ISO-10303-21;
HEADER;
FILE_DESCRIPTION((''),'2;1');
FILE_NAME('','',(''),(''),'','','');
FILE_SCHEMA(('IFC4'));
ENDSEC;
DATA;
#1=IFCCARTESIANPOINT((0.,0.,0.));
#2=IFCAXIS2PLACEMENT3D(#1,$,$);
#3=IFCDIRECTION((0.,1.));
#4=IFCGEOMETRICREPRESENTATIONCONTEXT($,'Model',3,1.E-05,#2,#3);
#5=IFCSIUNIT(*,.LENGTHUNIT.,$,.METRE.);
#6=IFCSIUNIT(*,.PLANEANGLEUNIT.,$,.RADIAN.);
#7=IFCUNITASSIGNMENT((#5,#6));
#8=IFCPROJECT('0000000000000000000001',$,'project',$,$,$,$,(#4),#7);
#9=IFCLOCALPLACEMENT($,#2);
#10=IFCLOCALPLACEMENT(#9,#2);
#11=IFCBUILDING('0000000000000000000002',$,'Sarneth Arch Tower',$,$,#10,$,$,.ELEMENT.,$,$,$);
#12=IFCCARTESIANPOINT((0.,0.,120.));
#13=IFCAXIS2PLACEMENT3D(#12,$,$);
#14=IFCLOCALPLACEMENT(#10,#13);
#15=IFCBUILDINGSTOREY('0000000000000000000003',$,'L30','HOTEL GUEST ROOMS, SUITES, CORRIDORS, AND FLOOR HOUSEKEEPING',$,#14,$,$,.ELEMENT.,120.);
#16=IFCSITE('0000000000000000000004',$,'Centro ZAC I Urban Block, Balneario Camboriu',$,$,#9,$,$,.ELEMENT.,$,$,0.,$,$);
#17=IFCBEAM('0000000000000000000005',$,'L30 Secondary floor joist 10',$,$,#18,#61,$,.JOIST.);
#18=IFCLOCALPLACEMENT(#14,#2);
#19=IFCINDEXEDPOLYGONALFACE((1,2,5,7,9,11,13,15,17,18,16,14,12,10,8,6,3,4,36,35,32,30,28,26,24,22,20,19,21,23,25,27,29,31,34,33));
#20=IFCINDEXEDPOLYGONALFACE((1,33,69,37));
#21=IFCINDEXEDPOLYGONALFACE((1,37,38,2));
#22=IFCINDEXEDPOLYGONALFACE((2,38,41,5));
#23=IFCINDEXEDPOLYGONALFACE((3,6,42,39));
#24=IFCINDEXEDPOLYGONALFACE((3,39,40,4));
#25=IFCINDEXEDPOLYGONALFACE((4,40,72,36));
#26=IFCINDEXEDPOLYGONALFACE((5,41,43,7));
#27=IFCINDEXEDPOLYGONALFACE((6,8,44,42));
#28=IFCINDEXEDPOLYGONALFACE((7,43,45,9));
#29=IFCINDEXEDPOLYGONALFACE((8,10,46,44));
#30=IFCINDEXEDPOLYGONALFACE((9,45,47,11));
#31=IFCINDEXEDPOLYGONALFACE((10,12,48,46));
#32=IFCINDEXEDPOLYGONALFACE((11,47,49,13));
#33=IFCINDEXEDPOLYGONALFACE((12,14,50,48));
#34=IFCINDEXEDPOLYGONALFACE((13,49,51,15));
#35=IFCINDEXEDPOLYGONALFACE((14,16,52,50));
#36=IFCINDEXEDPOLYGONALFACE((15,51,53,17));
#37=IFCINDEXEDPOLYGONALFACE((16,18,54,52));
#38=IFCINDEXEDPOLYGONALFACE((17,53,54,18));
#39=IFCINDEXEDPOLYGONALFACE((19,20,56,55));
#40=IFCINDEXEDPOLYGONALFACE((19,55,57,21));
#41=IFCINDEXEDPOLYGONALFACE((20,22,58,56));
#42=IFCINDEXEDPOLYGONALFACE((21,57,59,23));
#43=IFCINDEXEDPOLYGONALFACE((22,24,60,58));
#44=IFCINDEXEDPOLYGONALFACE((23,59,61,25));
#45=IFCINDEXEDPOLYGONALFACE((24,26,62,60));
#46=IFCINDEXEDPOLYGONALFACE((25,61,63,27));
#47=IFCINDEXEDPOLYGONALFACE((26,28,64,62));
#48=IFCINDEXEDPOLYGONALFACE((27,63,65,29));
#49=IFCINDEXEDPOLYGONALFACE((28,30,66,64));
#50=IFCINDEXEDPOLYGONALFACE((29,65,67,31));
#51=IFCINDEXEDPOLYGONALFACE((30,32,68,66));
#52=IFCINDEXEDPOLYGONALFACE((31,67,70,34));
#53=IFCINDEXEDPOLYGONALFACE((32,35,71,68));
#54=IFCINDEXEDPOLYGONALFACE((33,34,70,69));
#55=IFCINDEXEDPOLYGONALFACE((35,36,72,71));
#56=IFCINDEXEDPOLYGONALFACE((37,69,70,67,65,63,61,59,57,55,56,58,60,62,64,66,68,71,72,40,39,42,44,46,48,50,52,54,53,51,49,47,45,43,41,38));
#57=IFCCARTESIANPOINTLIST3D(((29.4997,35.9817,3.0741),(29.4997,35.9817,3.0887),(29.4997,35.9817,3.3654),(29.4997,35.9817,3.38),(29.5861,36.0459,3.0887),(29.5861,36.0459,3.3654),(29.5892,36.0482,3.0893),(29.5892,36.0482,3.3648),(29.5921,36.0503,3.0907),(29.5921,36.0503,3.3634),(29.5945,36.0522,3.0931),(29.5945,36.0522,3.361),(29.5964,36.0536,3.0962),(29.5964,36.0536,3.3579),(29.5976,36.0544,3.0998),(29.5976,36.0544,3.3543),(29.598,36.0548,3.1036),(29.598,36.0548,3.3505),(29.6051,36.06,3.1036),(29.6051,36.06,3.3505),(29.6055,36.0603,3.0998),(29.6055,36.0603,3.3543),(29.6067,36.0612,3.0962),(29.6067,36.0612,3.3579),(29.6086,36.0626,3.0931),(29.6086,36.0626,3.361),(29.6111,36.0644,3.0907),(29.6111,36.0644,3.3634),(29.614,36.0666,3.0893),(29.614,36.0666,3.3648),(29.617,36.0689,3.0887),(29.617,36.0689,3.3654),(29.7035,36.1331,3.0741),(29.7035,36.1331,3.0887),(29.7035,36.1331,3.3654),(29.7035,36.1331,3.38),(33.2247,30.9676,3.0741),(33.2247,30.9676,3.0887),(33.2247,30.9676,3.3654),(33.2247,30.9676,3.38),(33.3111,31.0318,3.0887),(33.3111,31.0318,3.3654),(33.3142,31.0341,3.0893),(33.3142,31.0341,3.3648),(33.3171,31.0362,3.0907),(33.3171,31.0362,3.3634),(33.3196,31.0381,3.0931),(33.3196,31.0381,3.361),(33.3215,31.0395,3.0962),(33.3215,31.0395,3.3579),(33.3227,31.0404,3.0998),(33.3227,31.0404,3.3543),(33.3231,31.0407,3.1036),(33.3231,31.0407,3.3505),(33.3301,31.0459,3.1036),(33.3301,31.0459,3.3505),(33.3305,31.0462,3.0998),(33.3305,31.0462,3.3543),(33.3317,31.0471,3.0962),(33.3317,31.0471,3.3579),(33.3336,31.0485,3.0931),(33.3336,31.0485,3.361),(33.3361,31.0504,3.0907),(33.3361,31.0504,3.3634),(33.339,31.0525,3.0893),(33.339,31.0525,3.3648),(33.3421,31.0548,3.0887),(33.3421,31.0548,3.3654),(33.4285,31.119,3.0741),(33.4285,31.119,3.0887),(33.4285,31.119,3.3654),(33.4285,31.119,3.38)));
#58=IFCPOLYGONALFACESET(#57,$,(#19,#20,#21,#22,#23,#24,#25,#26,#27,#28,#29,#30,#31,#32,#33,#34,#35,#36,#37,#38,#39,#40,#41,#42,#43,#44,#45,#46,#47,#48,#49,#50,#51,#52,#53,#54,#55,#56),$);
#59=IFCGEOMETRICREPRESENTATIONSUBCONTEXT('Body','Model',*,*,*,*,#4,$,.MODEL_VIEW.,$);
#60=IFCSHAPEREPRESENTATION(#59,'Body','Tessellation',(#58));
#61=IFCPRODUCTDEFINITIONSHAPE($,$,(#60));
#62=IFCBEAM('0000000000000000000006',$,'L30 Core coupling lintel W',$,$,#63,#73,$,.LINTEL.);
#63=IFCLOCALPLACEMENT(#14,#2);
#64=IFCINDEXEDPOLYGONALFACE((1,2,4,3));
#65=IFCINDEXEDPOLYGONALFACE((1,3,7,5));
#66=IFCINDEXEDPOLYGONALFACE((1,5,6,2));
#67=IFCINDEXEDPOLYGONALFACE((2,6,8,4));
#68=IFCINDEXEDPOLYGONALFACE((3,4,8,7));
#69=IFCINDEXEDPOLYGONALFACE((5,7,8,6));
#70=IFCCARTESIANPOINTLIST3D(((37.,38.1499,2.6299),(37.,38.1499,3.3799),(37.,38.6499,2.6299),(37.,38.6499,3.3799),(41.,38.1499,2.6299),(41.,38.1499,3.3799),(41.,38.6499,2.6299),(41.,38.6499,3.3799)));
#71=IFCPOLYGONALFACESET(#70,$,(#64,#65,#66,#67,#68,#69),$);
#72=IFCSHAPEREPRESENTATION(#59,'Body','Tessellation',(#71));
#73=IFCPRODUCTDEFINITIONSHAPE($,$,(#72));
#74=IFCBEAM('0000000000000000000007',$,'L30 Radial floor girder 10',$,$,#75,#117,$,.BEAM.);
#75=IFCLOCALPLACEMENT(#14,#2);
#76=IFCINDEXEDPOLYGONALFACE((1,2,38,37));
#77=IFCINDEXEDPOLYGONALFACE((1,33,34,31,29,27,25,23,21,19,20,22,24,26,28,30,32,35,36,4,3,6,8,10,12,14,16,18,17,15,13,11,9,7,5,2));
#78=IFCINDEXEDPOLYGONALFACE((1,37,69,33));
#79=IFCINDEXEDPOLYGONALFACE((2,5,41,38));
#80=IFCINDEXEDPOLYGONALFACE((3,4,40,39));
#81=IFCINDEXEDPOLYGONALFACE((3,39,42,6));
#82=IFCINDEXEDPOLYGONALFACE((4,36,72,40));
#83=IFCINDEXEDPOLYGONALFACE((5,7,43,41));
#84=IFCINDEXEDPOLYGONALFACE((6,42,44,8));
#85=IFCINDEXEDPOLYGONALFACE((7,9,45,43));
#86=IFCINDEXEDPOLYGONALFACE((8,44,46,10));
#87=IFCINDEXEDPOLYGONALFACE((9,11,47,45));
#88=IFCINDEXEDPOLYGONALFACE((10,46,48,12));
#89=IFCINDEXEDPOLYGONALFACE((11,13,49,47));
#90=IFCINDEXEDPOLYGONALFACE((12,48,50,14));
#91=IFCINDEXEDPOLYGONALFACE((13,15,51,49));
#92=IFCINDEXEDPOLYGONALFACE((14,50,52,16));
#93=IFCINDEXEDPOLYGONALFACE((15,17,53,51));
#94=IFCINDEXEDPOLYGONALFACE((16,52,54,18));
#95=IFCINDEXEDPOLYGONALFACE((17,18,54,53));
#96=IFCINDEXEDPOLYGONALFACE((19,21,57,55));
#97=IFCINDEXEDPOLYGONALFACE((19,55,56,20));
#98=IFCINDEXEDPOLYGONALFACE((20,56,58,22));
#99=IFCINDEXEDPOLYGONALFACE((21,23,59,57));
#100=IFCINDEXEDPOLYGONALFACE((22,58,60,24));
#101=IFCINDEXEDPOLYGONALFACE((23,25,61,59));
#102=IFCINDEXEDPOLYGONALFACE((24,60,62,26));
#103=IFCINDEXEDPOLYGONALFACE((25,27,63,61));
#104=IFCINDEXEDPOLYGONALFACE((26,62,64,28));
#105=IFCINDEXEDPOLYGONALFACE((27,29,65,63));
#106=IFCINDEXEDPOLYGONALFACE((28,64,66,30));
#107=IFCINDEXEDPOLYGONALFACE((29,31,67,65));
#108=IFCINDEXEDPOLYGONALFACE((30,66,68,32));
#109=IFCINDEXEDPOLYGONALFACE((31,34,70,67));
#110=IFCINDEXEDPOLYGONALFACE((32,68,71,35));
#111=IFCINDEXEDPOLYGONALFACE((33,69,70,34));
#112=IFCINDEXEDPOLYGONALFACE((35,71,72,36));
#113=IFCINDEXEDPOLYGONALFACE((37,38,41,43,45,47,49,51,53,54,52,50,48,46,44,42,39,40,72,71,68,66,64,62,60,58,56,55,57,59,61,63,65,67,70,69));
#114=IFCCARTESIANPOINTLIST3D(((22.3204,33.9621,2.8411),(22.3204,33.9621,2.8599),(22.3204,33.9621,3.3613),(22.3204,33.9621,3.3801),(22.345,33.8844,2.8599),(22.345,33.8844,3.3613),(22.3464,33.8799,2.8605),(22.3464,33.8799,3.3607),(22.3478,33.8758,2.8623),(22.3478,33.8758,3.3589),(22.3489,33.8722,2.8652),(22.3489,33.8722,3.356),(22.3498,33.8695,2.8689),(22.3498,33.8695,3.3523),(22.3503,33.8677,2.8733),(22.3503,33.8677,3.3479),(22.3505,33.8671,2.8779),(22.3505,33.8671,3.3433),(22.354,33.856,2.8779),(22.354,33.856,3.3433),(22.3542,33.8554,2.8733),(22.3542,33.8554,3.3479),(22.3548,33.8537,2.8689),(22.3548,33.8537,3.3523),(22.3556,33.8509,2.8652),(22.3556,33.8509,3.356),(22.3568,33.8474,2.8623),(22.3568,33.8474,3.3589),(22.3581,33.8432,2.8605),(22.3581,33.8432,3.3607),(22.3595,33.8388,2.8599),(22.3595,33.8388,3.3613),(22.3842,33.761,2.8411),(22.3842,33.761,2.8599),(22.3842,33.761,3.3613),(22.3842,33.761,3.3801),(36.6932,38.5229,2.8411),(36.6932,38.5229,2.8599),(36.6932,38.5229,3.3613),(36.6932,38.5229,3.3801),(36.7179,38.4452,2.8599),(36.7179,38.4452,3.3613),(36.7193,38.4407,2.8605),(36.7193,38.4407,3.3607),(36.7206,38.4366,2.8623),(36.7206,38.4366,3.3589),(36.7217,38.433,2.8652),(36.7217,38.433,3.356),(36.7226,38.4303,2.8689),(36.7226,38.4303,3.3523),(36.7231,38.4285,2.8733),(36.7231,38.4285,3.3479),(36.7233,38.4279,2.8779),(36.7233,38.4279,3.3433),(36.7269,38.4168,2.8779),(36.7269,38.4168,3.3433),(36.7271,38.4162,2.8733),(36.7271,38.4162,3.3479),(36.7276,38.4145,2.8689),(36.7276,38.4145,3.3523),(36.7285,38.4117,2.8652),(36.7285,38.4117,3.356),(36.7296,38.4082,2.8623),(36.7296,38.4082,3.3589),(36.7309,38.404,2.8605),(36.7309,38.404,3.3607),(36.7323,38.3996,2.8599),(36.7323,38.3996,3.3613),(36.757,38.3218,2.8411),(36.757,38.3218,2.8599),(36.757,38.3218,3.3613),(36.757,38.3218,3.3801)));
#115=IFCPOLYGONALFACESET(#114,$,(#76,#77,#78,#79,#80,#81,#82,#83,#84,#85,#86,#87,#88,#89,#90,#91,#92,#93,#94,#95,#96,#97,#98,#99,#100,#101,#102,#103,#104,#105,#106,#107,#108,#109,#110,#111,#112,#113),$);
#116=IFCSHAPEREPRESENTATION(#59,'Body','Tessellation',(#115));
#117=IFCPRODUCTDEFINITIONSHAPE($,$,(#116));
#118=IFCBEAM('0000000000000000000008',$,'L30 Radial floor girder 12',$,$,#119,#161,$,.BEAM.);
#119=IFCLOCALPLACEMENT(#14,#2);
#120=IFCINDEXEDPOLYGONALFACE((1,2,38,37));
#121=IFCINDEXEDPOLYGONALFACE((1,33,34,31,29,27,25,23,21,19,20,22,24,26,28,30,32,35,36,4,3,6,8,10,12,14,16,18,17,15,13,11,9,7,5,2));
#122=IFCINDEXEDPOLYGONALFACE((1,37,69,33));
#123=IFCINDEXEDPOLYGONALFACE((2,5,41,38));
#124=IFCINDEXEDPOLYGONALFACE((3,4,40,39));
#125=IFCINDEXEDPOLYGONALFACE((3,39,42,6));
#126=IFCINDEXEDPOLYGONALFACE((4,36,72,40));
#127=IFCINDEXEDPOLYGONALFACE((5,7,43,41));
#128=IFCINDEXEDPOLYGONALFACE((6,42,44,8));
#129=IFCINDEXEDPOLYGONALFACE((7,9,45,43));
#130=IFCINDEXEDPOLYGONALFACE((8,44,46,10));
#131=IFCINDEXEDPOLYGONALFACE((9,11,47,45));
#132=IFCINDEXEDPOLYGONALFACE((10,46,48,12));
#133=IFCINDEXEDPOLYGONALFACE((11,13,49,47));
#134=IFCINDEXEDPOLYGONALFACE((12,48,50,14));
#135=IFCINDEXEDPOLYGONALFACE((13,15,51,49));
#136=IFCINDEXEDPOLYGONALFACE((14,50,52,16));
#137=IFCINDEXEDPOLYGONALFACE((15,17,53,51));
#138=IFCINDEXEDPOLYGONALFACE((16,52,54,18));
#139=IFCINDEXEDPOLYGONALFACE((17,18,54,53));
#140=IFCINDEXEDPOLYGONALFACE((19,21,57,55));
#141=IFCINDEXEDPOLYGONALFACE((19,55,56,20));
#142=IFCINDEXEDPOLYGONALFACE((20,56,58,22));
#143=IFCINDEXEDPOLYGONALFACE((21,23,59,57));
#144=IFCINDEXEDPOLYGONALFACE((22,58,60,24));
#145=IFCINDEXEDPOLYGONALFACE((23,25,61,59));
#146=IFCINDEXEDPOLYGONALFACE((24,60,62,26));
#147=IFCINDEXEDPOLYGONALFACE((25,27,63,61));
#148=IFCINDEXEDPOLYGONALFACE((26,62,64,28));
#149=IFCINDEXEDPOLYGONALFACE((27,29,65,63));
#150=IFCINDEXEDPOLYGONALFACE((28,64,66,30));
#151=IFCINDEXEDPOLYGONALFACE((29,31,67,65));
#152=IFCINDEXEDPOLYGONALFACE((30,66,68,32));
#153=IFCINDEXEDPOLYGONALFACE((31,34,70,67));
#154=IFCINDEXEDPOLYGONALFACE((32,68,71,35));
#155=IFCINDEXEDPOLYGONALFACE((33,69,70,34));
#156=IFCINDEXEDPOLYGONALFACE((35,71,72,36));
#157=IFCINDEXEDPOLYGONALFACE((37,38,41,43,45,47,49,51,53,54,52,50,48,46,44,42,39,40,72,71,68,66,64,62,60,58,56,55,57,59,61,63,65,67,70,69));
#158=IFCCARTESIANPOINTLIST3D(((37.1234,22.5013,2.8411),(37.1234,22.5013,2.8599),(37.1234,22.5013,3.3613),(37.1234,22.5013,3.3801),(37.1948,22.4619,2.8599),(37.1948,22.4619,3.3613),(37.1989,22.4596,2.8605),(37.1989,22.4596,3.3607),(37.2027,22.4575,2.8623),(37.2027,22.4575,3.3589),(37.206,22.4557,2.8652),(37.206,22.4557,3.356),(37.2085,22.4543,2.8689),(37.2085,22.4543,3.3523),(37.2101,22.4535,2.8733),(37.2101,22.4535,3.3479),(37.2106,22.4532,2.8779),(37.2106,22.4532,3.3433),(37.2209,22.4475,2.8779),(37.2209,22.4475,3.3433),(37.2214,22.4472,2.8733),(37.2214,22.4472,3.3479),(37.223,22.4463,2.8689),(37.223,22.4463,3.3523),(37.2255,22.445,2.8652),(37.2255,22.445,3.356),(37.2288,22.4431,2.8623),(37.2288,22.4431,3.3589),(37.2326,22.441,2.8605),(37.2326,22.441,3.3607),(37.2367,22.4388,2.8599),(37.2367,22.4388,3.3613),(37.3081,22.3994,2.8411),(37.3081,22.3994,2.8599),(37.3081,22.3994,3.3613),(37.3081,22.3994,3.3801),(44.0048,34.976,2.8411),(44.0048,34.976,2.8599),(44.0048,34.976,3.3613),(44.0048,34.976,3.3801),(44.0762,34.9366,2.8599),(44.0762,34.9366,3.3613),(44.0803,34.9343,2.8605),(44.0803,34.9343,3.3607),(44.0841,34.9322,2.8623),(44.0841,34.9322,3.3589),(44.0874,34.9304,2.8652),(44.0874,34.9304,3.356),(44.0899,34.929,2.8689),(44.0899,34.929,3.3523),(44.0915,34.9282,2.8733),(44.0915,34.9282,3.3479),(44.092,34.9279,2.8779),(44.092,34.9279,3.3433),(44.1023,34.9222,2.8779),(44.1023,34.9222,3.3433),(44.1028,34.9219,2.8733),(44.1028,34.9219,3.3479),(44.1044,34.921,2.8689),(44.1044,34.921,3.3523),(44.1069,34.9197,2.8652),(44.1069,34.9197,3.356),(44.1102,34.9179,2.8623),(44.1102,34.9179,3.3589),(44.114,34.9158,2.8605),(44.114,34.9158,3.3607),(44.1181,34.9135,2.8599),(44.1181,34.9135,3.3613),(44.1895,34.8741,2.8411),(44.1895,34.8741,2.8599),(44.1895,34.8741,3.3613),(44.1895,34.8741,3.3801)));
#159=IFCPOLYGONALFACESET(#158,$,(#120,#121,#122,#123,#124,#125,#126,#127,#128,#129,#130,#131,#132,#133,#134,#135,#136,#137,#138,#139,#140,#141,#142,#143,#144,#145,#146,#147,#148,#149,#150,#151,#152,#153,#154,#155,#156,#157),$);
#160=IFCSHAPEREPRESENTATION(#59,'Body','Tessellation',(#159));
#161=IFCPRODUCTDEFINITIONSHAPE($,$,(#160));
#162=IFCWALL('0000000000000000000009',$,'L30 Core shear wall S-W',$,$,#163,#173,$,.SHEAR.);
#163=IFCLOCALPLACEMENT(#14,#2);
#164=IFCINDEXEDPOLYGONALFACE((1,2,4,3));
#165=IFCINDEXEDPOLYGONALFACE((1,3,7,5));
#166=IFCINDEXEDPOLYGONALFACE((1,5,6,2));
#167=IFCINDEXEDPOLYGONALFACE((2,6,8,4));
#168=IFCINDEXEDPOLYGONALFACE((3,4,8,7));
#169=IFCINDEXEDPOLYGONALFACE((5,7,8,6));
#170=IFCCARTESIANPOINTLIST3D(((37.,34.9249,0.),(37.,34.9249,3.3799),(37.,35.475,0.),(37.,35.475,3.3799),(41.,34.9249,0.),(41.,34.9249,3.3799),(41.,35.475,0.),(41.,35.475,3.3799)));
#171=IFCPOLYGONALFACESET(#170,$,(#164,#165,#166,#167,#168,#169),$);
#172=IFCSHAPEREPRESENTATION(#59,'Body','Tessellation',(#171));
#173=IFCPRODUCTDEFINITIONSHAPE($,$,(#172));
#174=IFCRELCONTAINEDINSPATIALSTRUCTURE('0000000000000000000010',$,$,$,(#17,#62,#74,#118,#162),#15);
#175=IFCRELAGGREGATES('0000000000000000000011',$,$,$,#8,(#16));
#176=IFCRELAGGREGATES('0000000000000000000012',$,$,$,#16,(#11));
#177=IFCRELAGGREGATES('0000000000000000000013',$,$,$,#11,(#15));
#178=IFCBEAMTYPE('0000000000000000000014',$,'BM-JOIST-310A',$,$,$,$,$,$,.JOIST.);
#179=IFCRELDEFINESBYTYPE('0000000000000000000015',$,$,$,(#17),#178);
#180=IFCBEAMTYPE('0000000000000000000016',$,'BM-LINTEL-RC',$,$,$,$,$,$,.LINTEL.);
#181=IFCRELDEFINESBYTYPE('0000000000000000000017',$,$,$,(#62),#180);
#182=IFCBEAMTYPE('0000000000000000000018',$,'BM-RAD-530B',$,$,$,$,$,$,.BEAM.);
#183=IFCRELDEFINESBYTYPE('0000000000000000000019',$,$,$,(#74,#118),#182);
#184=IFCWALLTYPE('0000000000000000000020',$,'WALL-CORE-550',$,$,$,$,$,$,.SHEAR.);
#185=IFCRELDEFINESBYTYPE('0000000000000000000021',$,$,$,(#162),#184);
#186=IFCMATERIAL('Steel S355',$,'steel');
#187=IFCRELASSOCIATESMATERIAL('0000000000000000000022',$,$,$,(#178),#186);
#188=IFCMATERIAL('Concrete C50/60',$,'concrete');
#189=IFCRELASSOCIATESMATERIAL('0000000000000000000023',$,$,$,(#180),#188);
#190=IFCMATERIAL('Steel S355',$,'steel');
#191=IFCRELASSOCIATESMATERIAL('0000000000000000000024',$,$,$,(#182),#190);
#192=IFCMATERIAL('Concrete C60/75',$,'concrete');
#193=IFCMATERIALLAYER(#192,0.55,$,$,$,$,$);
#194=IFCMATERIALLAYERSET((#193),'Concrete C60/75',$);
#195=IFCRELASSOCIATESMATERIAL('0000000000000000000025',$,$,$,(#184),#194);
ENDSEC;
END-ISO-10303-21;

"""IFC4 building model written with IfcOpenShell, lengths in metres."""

from ifc_helpers import new_model, si_unit, direction, frame, frame_2d, origin, origin_2d, place, context, subcontext, project, spatial, rectangle, i_section, extrude, material, layer, layer_set, material_profile, profile_set, type_object, element, save


model = new_model("IFC4")

# Units and contexts
model_context = context("Model", 3, precision=1e-05, world=origin(), true_north=direction((0.0, 1.0)))
body_context = subcontext(model_context, "Body", "Model", "MODEL_VIEW")
ifc_project = project(units=[si_unit("LENGTHUNIT", "METRE"), si_unit("PLANEANGLEUNIT", "RADIAN")], contexts=[model_context])

# Site, building, storey
site_placement = place(None, origin())
site = spatial("IfcSite", under=ifc_project, at=site_placement, Name="Centro ZAC I Urban Block, Balneario Camboriu", CompositionType="ELEMENT", RefElevation=0.0)
building_placement = place(site_placement, origin())
building = spatial("IfcBuilding", under=site, at=building_placement, Name="Sarneth Arch Tower", CompositionType="ELEMENT")
storey_placement = place(building_placement, frame((0.0, 0.0, 120.0)))
storey = spatial("IfcBuildingStorey", under=building, at=storey_placement, Name="L30", Description="HOTEL GUEST ROOMS, SUITES, CORRIDORS, AND FLOOR HOUSEKEEPING", CompositionType="ELEMENT", Elevation=120.0)

# Beams
ifc_material_1 = material(Name="Steel S355", Category="steel")
ifc_material_profile_1 = material_profile(ifc_material_1, i_section(OverallWidth=0.2539, OverallDepth=0.3059, WebThickness=0.0088, FlangeThickness=0.0146, FilletRadius=0.0149, at=origin_2d()), Name="W310x79")
ifc_profile_set_1 = profile_set([ifc_material_profile_1], Name="Steel S355")
beam_type_1 = type_object("IfcBeamType", Name="BM-JOIST-310A", PredefinedType="JOIST", material=ifc_profile_set_1)
beam_1_placement = place(storey_placement, frame((29.6016, 36.0574, 3.2271), z_axis=(0.596354, -0.802721, 0.0), x_axis=(0.802721, 0.596354, 0.0)))
element("IfcBeam", 1, at=beam_1_placement, inside=storey, type_object=beam_type_1, Name="L30 Secondary floor joist 10", PredefinedType="JOIST", context=body_context, shape_type="SweptSolid", body=[
    extrude(i_section(OverallWidth=0.2539, OverallDepth=0.3059, WebThickness=0.0088, FlangeThickness=0.0146, FilletRadius=0.0149, at=origin_2d()), origin(), (0.0, 0.0, 1.0), 6.2463),
])
ifc_material_2 = material(Name="Concrete C50/60", Category="concrete")
ifc_material_profile_2 = material_profile(ifc_material_2, rectangle(XDim=0.5, YDim=0.75, at=origin_2d()), Name="RC-500x750")
ifc_profile_set_2 = profile_set([ifc_material_profile_2], Name="Concrete C50/60")
beam_type_2 = type_object("IfcBeamType", Name="BM-LINTEL-RC", PredefinedType="LINTEL", material=ifc_profile_set_2)
beam_2_placement = place(storey_placement, frame((37.0, 38.3999, 3.0049), z_axis=(1.0, 0.0, 0.0), x_axis=(0.0, 1.0, 0.0)))
element("IfcBeam", 2, at=beam_2_placement, inside=storey, type_object=beam_type_2, Name="L30 Core coupling lintel W", PredefinedType="LINTEL", context=body_context, shape_type="SweptSolid", body=[
    extrude(rectangle(XDim=0.5, YDim=0.75, at=origin_2d()), origin(), (0.0, 0.0, 1.0), 4.0),
])
ifc_material_3 = material(Name="Steel S355", Category="steel")
ifc_material_profile_3 = material_profile(ifc_material_3, i_section(OverallWidth=0.2109, OverallDepth=0.5391, WebThickness=0.0117, FlangeThickness=0.0188, FilletRadius=0.0181, at=origin_2d()), Name="W530x109")
ifc_profile_set_3 = profile_set([ifc_material_profile_3], Name="Steel S355")
beam_type_3 = type_object("IfcBeamType", Name="BM-RAD-530B", PredefinedType="BEAM", material=ifc_profile_set_3)
beam_3_placement = place(storey_placement, frame((36.7251, 38.4224, 3.1106), z_axis=(-0.953163, -0.302458, 0.0), x_axis=(0.302458, -0.953163, 0.0)))
element("IfcBeam", 3, at=beam_3_placement, inside=storey, type_object=beam_type_3, Name="L30 Radial floor girder 10", PredefinedType="BEAM", context=body_context, shape_type="SweptSolid", body=[
    extrude(i_section(OverallWidth=0.2109, OverallDepth=0.5391, WebThickness=0.0117, FlangeThickness=0.0188, FilletRadius=0.0181, at=origin_2d()), origin(), (0.0, 0.0, 1.0), 15.0791),
])
beam_4_placement = place(storey_placement, frame((44.0972, 34.925, 3.1106), z_axis=(-0.483013, -0.875613, 0.0), x_axis=(0.875613, -0.483013, 0.0)))
element("IfcBeam", 4, at=beam_4_placement, inside=storey, type_object=beam_type_3, Name="L30 Radial floor girder 12", PredefinedType="BEAM", context=body_context, shape_type="SweptSolid", body=[
    extrude(i_section(OverallWidth=0.2109, OverallDepth=0.5391, WebThickness=0.0117, FlangeThickness=0.0188, FilletRadius=0.0181, at=origin_2d()), origin(), (0.0, 0.0, 1.0), 14.2468),
])

# Wall
ifc_material_4 = material(Name="Concrete C60/75", Category="concrete")
ifc_layer_1 = layer(ifc_material_4, 0.55)
ifc_layer_set_1 = layer_set([ifc_layer_1], Name="Concrete C60/75")
wall_type_1 = type_object("IfcWallType", Name="WALL-CORE-550", PredefinedType="SHEAR", material=ifc_layer_set_1)
wall_1_placement = place(storey_placement, frame((37.0, 35.2, 0.0), z_axis=(0.0, 0.0, 1.0), x_axis=(1.0, 0.0, 0.0)))
element("IfcWall", 5, at=wall_1_placement, inside=storey, type_object=wall_type_1, Name="L30 Core shear wall S-W", PredefinedType="SHEAR", context=body_context, shape_type="SweptSolid", body=[
    extrude(rectangle(XDim=4.0, YDim=0.55, at=frame_2d((2.0, 0.0))), origin(), (0.0, 0.0, 1.0), 3.3799),
])

save(model, "model.ifc")
